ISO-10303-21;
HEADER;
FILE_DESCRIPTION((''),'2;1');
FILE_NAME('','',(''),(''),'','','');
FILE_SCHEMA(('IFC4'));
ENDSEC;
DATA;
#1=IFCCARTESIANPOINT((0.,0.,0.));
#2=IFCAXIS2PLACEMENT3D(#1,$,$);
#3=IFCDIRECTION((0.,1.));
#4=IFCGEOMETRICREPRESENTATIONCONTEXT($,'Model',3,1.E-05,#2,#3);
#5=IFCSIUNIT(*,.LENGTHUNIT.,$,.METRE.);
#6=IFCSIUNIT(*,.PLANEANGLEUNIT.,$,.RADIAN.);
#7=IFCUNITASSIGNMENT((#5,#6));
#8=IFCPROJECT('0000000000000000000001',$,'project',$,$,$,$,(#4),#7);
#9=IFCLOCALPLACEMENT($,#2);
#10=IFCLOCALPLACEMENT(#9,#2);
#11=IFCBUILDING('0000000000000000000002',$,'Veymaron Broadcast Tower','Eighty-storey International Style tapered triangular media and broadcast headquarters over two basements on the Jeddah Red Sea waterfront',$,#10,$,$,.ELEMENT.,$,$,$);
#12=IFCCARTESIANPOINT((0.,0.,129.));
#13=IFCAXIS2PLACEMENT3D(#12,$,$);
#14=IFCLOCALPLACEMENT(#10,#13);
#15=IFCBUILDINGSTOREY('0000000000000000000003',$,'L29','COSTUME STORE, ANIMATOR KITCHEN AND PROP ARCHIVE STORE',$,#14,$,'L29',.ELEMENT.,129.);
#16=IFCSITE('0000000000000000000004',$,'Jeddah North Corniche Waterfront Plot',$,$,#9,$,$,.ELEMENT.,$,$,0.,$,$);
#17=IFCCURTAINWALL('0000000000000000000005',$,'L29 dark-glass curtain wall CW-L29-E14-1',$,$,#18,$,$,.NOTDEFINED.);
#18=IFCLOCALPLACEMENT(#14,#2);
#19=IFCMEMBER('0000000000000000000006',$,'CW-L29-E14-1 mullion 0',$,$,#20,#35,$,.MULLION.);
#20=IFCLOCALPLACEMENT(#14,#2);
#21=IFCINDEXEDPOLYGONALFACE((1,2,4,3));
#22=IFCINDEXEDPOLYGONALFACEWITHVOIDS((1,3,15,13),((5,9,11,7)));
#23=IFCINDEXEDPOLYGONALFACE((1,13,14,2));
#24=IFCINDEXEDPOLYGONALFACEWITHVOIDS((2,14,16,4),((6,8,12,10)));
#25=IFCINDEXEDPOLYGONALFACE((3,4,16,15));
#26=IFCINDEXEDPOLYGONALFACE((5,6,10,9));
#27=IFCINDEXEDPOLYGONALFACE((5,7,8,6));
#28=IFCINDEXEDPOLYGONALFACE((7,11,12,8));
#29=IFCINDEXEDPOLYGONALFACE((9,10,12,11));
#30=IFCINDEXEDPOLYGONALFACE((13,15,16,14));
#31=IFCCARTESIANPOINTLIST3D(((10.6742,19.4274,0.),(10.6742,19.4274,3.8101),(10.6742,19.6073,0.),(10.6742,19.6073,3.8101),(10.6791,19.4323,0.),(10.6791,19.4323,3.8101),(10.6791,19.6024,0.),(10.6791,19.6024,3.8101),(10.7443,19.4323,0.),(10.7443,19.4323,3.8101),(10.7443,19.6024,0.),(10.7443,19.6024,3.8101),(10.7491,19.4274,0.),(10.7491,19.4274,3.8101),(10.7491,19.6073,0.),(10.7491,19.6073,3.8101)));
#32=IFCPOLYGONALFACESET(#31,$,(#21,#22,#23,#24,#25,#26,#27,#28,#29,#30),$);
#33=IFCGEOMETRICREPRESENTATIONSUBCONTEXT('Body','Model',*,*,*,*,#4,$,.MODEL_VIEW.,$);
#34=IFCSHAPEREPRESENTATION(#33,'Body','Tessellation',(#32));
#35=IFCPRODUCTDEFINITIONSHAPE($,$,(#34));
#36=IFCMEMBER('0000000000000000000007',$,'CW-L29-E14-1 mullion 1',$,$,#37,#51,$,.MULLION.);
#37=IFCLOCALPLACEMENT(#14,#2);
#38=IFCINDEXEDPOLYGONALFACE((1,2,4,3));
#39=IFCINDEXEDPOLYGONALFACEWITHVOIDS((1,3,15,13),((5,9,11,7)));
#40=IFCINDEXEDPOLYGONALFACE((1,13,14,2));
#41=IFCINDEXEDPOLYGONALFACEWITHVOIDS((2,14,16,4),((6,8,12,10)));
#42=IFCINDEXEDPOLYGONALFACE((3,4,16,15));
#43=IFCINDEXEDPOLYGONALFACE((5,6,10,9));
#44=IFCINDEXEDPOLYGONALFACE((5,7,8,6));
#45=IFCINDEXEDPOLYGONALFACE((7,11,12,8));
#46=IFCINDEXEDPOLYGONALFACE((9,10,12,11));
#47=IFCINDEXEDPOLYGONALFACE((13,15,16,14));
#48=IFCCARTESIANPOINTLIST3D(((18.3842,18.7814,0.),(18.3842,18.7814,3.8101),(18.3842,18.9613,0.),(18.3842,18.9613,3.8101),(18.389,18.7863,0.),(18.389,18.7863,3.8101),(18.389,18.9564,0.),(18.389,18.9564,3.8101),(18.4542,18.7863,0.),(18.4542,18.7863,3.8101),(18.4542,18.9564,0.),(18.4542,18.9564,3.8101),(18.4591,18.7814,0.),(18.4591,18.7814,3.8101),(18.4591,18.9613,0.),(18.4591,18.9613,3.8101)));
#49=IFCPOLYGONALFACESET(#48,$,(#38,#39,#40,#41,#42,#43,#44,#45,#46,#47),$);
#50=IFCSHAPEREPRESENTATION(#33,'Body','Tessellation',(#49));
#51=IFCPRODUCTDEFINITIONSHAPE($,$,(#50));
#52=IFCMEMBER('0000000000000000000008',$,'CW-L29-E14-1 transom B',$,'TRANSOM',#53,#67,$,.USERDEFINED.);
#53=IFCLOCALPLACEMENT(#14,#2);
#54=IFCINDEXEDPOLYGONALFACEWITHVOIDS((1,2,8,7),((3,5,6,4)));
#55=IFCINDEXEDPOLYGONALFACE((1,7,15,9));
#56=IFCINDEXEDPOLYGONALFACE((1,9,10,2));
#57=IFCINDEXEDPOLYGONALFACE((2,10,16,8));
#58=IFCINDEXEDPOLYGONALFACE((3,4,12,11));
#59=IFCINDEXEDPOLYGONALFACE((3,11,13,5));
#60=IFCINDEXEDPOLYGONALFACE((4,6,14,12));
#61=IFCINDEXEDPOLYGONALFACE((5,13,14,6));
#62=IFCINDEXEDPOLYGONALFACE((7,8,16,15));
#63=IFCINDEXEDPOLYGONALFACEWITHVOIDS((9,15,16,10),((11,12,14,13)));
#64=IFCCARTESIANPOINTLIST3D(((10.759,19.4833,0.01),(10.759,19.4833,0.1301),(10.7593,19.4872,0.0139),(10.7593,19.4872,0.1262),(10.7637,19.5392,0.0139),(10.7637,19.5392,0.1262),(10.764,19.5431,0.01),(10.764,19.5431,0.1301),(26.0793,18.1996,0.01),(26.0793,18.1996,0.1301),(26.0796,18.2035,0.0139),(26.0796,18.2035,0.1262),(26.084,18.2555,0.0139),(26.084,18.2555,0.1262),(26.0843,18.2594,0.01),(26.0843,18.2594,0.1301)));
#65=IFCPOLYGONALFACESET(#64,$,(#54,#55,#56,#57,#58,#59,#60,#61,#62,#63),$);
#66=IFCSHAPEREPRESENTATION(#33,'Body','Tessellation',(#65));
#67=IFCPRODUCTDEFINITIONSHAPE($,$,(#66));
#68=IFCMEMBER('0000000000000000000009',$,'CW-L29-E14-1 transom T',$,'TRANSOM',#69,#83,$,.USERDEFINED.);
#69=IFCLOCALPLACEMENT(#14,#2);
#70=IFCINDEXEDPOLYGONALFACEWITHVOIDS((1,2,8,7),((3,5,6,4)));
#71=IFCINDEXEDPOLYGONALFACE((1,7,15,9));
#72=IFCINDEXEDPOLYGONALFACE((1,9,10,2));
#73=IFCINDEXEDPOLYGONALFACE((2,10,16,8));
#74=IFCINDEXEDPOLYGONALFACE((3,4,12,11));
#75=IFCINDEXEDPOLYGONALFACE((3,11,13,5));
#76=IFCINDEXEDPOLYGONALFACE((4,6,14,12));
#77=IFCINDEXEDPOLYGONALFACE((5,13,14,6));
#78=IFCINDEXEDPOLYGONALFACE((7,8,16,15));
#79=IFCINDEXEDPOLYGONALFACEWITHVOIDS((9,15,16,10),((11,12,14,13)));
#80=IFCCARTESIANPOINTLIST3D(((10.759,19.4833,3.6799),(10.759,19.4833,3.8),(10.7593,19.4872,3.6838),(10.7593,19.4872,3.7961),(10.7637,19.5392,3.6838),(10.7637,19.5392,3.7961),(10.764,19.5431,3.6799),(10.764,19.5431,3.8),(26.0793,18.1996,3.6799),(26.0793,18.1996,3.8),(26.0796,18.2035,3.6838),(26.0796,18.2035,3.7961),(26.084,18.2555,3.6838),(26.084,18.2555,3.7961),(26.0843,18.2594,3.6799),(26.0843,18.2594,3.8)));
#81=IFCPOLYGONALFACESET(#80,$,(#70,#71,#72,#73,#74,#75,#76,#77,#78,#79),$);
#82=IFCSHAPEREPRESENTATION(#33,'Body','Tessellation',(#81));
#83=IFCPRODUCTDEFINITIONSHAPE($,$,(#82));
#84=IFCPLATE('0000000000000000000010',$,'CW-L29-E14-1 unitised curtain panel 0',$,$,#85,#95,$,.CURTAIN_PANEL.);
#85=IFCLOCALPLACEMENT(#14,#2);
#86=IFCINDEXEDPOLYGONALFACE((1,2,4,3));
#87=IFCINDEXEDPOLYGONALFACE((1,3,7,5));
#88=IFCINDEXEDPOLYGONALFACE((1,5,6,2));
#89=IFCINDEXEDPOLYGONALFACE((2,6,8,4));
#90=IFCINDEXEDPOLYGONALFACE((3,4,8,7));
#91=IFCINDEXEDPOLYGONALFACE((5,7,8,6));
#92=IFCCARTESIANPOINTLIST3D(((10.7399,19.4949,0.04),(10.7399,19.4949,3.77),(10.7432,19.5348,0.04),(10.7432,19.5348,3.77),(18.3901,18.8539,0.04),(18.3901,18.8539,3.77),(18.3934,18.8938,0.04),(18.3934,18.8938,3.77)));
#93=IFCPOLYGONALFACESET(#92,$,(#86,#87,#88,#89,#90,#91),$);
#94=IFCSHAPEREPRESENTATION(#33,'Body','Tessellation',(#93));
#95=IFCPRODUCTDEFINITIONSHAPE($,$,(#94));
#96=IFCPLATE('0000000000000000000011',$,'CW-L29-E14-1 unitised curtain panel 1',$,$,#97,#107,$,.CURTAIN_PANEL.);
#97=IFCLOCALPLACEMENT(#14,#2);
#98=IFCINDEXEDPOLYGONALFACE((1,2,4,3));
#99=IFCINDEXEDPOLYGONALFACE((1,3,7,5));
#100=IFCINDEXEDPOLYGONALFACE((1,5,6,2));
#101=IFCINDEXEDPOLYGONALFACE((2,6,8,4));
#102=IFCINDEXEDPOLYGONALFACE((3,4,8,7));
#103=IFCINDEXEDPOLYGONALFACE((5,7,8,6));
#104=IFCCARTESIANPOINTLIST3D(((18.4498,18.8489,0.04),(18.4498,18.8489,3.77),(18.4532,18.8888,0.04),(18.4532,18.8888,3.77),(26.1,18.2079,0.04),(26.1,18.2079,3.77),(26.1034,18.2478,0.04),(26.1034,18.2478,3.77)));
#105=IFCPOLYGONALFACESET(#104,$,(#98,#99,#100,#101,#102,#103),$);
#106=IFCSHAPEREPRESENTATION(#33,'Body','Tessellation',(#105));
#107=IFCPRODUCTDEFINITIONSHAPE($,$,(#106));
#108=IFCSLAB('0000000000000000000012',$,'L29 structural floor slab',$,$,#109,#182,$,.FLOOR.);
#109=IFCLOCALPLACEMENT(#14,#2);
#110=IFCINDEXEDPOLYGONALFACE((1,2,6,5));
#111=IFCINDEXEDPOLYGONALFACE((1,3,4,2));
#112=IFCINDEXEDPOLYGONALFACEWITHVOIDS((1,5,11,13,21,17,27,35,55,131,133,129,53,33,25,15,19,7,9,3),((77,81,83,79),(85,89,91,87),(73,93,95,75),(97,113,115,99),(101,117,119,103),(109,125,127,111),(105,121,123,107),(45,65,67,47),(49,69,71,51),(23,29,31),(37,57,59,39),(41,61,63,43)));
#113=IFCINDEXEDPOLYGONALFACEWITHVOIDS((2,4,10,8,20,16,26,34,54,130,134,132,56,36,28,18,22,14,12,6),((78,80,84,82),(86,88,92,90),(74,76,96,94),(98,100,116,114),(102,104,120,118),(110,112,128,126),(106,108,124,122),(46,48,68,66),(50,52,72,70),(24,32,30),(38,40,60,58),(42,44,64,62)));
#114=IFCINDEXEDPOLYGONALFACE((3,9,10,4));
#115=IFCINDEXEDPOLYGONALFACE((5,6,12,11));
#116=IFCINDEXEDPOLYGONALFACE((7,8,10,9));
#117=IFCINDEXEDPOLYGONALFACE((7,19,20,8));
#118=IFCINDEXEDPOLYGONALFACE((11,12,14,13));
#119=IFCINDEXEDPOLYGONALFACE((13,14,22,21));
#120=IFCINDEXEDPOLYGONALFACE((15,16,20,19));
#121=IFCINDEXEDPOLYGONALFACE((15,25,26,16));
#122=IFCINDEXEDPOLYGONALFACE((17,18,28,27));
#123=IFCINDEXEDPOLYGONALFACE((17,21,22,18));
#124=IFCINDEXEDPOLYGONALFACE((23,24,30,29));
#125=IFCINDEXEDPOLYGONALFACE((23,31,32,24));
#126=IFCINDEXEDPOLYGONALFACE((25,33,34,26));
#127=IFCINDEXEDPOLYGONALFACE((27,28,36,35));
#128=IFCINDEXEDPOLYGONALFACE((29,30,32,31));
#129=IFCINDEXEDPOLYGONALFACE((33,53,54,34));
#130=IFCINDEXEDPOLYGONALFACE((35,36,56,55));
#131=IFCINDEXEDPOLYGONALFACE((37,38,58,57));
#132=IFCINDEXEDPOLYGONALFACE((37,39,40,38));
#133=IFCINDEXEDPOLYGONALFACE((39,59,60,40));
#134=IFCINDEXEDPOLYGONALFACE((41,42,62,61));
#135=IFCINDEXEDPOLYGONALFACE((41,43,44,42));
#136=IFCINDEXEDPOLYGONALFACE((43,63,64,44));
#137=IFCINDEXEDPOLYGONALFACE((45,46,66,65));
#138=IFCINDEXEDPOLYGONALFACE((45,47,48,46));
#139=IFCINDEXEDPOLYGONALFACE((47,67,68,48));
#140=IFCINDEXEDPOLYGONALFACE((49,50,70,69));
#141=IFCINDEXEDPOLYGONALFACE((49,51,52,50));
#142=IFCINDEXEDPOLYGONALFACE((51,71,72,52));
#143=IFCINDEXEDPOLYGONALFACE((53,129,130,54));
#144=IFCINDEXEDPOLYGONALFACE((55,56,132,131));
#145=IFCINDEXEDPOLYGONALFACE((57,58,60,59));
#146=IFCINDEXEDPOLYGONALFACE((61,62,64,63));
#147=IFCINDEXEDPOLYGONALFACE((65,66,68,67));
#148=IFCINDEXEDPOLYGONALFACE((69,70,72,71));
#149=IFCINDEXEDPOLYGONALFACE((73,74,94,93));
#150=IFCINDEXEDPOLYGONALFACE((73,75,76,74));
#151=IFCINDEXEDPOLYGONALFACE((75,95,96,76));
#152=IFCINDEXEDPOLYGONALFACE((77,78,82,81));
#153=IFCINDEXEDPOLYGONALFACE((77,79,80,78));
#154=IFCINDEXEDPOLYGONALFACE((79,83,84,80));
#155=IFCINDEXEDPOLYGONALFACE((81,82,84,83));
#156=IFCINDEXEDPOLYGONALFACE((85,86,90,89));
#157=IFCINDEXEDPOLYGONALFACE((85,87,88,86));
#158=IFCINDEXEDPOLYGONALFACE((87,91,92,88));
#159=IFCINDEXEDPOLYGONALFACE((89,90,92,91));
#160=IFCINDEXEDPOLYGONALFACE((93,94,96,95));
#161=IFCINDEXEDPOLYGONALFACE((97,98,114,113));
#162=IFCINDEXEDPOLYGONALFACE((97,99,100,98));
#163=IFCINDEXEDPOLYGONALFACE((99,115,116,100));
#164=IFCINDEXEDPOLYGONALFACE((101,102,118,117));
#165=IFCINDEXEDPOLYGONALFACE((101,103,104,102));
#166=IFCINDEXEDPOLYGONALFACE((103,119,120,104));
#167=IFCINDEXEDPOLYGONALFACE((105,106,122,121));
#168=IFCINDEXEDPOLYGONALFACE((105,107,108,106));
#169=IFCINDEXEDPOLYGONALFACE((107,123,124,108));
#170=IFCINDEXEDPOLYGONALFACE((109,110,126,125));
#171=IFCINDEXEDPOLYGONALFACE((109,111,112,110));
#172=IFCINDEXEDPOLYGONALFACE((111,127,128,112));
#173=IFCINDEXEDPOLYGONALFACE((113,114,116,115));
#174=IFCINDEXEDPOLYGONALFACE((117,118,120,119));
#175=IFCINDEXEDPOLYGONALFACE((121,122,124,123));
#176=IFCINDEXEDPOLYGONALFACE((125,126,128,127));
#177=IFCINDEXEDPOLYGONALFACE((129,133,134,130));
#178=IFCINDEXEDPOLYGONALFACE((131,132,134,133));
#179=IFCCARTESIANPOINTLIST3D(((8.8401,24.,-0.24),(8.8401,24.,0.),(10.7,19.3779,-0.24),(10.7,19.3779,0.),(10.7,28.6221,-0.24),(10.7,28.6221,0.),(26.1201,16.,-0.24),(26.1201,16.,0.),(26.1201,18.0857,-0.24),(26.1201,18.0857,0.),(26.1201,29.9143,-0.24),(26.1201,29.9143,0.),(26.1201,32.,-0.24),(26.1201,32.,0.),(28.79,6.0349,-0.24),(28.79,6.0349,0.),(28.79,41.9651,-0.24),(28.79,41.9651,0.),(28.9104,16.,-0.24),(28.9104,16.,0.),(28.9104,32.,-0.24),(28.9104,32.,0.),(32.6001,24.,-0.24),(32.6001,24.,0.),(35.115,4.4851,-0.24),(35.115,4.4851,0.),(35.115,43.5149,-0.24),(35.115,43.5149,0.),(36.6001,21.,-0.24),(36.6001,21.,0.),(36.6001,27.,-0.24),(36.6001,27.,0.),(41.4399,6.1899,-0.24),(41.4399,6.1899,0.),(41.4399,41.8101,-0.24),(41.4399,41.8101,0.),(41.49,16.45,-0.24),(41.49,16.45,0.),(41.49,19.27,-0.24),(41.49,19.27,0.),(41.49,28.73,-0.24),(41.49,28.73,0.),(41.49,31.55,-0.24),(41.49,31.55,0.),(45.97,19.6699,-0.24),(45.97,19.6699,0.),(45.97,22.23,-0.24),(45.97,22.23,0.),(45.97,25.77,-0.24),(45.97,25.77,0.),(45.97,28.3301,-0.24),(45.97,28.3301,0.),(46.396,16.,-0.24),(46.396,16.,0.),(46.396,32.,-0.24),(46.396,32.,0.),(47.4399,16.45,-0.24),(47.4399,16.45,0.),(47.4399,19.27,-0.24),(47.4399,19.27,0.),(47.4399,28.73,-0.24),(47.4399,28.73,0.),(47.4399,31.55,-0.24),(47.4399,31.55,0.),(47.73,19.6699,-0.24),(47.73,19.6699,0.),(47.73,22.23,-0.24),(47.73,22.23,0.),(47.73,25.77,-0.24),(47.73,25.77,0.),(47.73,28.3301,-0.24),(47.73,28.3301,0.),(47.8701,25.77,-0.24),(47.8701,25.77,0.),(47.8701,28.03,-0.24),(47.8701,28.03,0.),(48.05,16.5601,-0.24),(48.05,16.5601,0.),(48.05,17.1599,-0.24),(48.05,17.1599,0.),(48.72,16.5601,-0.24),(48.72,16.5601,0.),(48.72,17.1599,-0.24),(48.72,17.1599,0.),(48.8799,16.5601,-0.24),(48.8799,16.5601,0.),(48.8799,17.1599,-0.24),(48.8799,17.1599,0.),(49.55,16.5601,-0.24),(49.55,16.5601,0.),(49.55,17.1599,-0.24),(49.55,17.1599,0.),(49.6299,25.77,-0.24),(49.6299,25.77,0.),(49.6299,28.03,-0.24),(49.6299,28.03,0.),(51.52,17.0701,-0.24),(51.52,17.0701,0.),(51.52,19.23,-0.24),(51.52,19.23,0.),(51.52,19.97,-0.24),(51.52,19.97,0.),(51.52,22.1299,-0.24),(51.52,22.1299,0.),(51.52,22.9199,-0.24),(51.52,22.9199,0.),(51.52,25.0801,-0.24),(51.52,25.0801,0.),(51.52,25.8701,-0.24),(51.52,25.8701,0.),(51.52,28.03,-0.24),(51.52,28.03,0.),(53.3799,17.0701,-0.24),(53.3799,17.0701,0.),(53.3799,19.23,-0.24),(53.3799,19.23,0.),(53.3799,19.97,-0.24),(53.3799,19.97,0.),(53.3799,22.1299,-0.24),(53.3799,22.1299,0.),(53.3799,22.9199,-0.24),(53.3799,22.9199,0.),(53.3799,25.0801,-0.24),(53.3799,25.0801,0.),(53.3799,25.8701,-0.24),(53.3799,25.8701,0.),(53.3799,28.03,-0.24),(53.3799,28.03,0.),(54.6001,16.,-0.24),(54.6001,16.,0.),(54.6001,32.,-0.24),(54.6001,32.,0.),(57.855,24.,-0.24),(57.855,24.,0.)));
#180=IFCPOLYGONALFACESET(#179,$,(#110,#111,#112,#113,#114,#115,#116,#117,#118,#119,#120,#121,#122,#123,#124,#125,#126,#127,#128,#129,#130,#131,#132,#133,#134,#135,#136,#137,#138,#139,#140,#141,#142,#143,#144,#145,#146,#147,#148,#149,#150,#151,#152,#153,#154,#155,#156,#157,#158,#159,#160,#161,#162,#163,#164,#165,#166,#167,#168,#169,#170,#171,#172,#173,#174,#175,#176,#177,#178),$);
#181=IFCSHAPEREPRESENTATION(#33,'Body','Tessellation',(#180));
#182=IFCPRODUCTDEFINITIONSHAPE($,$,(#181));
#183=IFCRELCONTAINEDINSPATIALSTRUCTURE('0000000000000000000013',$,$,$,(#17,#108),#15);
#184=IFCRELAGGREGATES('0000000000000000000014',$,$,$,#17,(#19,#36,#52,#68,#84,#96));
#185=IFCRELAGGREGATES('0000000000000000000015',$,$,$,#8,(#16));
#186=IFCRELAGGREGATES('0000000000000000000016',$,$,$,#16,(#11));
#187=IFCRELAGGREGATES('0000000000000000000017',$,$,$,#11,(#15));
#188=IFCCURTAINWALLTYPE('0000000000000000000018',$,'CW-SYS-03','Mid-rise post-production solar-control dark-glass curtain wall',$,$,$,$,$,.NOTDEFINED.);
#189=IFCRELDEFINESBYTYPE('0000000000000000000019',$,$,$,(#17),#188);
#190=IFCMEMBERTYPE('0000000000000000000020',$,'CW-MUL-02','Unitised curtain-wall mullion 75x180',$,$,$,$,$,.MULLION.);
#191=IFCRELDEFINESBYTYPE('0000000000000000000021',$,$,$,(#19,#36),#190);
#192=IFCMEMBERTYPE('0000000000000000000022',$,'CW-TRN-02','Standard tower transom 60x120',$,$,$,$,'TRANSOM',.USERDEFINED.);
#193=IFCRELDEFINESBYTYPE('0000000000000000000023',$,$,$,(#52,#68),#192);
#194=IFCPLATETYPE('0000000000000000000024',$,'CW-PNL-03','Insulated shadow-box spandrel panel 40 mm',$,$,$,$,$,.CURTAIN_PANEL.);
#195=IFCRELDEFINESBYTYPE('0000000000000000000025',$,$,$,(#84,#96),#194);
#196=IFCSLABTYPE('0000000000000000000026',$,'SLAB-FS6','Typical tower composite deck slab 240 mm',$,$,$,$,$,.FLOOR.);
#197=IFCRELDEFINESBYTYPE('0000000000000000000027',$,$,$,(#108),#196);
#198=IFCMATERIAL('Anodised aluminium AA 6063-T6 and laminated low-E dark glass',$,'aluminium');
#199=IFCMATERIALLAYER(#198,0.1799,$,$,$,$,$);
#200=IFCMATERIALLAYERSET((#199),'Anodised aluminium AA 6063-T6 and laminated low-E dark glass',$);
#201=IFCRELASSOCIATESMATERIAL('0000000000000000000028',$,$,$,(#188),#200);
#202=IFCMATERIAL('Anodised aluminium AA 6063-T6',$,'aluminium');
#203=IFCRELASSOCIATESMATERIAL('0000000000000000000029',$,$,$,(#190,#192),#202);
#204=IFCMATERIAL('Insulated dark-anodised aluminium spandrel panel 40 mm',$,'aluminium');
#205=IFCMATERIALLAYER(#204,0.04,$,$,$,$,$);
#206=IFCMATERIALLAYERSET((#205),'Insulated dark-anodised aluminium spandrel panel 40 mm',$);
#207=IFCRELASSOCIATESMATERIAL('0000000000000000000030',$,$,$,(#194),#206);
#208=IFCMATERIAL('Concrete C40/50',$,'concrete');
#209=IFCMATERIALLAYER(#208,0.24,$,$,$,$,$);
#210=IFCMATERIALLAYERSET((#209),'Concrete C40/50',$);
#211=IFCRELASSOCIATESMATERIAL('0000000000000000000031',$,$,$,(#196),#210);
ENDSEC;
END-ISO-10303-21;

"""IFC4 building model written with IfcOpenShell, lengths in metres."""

from ifc_helpers import new_model, si_unit, direction, frame, origin, origin_2d, place, context, subcontext, project, spatial, polyline, rectangle, hollow_rectangle, outline, extrude, material, layer, layer_set, material_profile, profile_set, type_object, element, aggregate, save


model = new_model("IFC4")

# Units and contexts
model_context = context("Model", 3, precision=1e-05, world=origin(), true_north=direction((0.0, 1.0)))
body_context = subcontext(model_context, "Body", "Model", "MODEL_VIEW")
ifc_project = project(units=[si_unit("LENGTHUNIT", "METRE"), si_unit("PLANEANGLEUNIT", "RADIAN")], contexts=[model_context])

# Site, building, storey
site_placement = place(None, origin())
site = spatial("IfcSite", under=ifc_project, at=site_placement, Name="Jeddah North Corniche Waterfront Plot", CompositionType="ELEMENT", RefElevation=0.0)
building_placement = place(site_placement, origin())
building = spatial("IfcBuilding", under=site, at=building_placement, Name="Veymaron Broadcast Tower", Description="Eighty-storey International Style tapered triangular media and broadcast headquarters over two basements on the Jeddah Red Sea waterfront", CompositionType="ELEMENT")
storey_placement = place(building_placement, frame((0.0, 0.0, 129.0)))
storey = spatial("IfcBuildingStorey", under=building, at=storey_placement, Name="L29", Description="COSTUME STORE, ANIMATOR KITCHEN AND PROP ARCHIVE STORE", LongName="L29", CompositionType="ELEMENT", Elevation=129.0)

# Curtain wall, members, plates
ifc_material_1 = material(Name="Anodised aluminium AA 6063-T6 and laminated low-E dark glass", Category="aluminium")
ifc_layer_1 = layer(ifc_material_1, 0.1799)
ifc_layer_set_1 = layer_set([ifc_layer_1], Name="Anodised aluminium AA 6063-T6 and laminated low-E dark glass")
curtain_wall_type = type_object("IfcCurtainWallType", Name="CW-SYS-03", Description="Mid-rise post-production solar-control dark-glass curtain wall", PredefinedType="NOTDEFINED", material=ifc_layer_set_1)
curtain_wall_placement = place(storey_placement, origin())
curtain_wall = element("IfcCurtainWall", 1, at=curtain_wall_placement, inside=storey, type_object=curtain_wall_type, Name="L29 dark-glass curtain wall CW-L29-E14-1", PredefinedType="NOTDEFINED")
ifc_material_2 = material(Name="Anodised aluminium AA 6063-T6", Category="aluminium")
ifc_material_profile_1 = material_profile(ifc_material_2, hollow_rectangle(XDim=0.075, YDim=0.1799, WallThickness=0.0049, at=origin_2d()), Name="AL180X75X5")
ifc_profile_set_1 = profile_set([ifc_material_profile_1], Name="Anodised aluminium AA 6063-T6")
member_type_1 = type_object("IfcMemberType", Name="CW-MUL-02", Description="Unitised curtain-wall mullion 75x180", PredefinedType="MULLION", material=ifc_profile_set_1)
member_1_placement = place(storey_placement, frame((10.7117, 19.5173, 0.0), z_axis=(0.0, 0.0, 1.0), x_axis=(1.0, 0.0, 0.0)))
member_1 = element("IfcMember", 2, at=member_1_placement, type_object=member_type_1, Name="CW-L29-E14-1 mullion 0", PredefinedType="MULLION", context=body_context, shape_type="SweptSolid", body=[
    extrude(hollow_rectangle(XDim=0.075, YDim=0.1799, WallThickness=0.0049, at=origin_2d()), origin(), (0.0, 0.0, 1.0), 3.8101),
])
member_2_placement = place(storey_placement, frame((18.4216, 18.8713, 0.0), z_axis=(0.0, 0.0, 1.0), x_axis=(1.0, 0.0, 0.0)))
member_2 = element("IfcMember", 3, at=member_2_placement, type_object=member_type_1, Name="CW-L29-E14-1 mullion 1", PredefinedType="MULLION", context=body_context, shape_type="SweptSolid", body=[
    extrude(hollow_rectangle(XDim=0.075, YDim=0.1799, WallThickness=0.0049, at=origin_2d()), origin(), (0.0, 0.0, 1.0), 3.8101),
])
ifc_material_profile_2 = material_profile(ifc_material_2, hollow_rectangle(XDim=0.0601, YDim=0.1201, WallThickness=0.0039, at=origin_2d()), Name="AL120X60X4")
ifc_profile_set_2 = profile_set([ifc_material_profile_2], Name="Anodised aluminium AA 6063-T6")
member_type_2 = type_object("IfcMemberType", Name="CW-TRN-02", Description="Standard tower transom 60x120", ElementType="TRANSOM", PredefinedType="USERDEFINED", material=ifc_profile_set_2)
member_3_placement = place(storey_placement, frame((10.7615, 19.5132, 0.0701), z_axis=(0.996508, -0.083498, 0.0), x_axis=(0.083498, 0.996508, 0.0)))
member_3 = element("IfcMember", 4, at=member_3_placement, type_object=member_type_2, Name="CW-L29-E14-1 transom B", ObjectType="TRANSOM", PredefinedType="USERDEFINED", context=body_context, shape_type="SweptSolid", body=[
    extrude(hollow_rectangle(XDim=0.0601, YDim=0.1201, WallThickness=0.0039, at=origin_2d()), origin(), (0.0, 0.0, 1.0), 15.374),
])
member_4_placement = place(storey_placement, frame((10.7615, 19.5132, 3.74), z_axis=(0.996508, -0.083498, 0.0), x_axis=(0.083498, 0.996508, 0.0)))
member_4 = element("IfcMember", 5, at=member_4_placement, type_object=member_type_2, Name="CW-L29-E14-1 transom T", ObjectType="TRANSOM", PredefinedType="USERDEFINED", context=body_context, shape_type="SweptSolid", body=[
    extrude(hollow_rectangle(XDim=0.0601, YDim=0.1201, WallThickness=0.0039, at=origin_2d()), origin(), (0.0, 0.0, 1.0), 15.374),
])
ifc_material_3 = material(Name="Insulated dark-anodised aluminium spandrel panel 40 mm", Category="aluminium")
ifc_layer_2 = layer(ifc_material_3, 0.04)
ifc_layer_set_2 = layer_set([ifc_layer_2], Name="Insulated dark-anodised aluminium spandrel panel 40 mm")
plate_type = type_object("IfcPlateType", Name="CW-PNL-03", Description="Insulated shadow-box spandrel panel 40 mm", PredefinedType="CURTAIN_PANEL", material=ifc_layer_set_2)
plate_1_placement = place(storey_placement, frame((14.5667, 19.1943, 0.04), z_axis=(0.0, 0.0, 1.0), x_axis=(0.996507, -0.083504, 0.0)))
plate_1 = element("IfcPlate", 6, at=plate_1_placement, type_object=plate_type, Name="CW-L29-E14-1 unitised curtain panel 0", PredefinedType="CURTAIN_PANEL", context=body_context, shape_type="SweptSolid", body=[
    extrude(rectangle(XDim=7.677, YDim=0.04, at=origin_2d()), origin(), (0.0, 0.0, 1.0), 3.73),
])
plate_2_placement = place(storey_placement, frame((22.2766, 18.5483, 0.04), z_axis=(0.0, 0.0, 1.0), x_axis=(0.996507, -0.083504, 0.0)))
plate_2 = element("IfcPlate", 7, at=plate_2_placement, type_object=plate_type, Name="CW-L29-E14-1 unitised curtain panel 1", PredefinedType="CURTAIN_PANEL", context=body_context, shape_type="SweptSolid", body=[
    extrude(rectangle(XDim=7.677, YDim=0.04, at=origin_2d()), origin(), (0.0, 0.0, 1.0), 3.73),
])
aggregate(curtain_wall, [member_1, member_2, member_3, member_4, plate_1, plate_2])

# Slab
ifc_material_4 = material(Name="Concrete C40/50", Category="concrete")
ifc_layer_3 = layer(ifc_material_4, 0.24)
ifc_layer_set_3 = layer_set([ifc_layer_3], Name="Concrete C40/50")
slab_type_1 = type_object("IfcSlabType", Name="SLAB-FS6", Description="Typical tower composite deck slab 240 mm", PredefinedType="FLOOR", material=ifc_layer_set_3)
slab_1_placement = place(storey_placement, frame((0.0, 0.0, -0.24)))
element("IfcSlab", 8, at=slab_1_placement, inside=storey, type_object=slab_type_1, Name="L29 structural floor slab", PredefinedType="FLOOR", context=body_context, shape_type="SweptSolid", body=[
    extrude(outline(polyline([(46.396, 16.0), (54.6001, 16.0), (57.855, 24.0), (54.6001, 32.0), (46.396, 32.0), (41.4399, 41.8101), (35.115, 43.5149), (28.79, 41.9651), (28.9104, 32.0), (26.1201, 32.0), (26.1201, 29.9143), (10.7, 28.6221), (8.8401, 24.0), (10.7, 19.3779), (26.1201, 18.0857), (26.1201, 16.0), (28.9104, 16.0), (28.79, 6.0349), (35.115, 4.4851), (41.4399, 6.1899), (46.396, 16.0)]), holes=[polyline([(45.97, 28.3301), (47.73, 28.3301), (47.73, 25.77), (45.97, 25.77), (45.97, 28.3301)]), polyline([(45.97, 22.23), (47.73, 22.23), (47.73, 19.6699), (45.97, 19.6699), (45.97, 22.23)]), polyline([(47.8701, 28.03), (49.6299, 28.03), (49.6299, 25.77), (47.8701, 25.77), (47.8701, 28.03)]), polyline([(51.52, 28.03), (53.3799, 28.03), (53.3799, 25.8701), (51.52, 25.8701), (51.52, 28.03)]), polyline([(51.52, 22.1299), (53.3799, 22.1299), (53.3799, 19.97), (51.52, 19.97), (51.52, 22.1299)]), polyline([(51.52, 25.0801), (53.3799, 25.0801), (53.3799, 22.9199), (51.52, 22.9199), (51.52, 25.0801)]), polyline([(51.52, 19.23), (53.3799, 19.23), (53.3799, 17.0701), (51.52, 17.0701), (51.52, 19.23)]), polyline([(48.05, 17.1599), (48.72, 17.1599), (48.72, 16.5601), (48.05, 16.5601), (48.05, 17.1599)]), polyline([(48.8799, 17.1599), (49.55, 17.1599), (49.55, 16.5601), (48.8799, 16.5601), (48.8799, 17.1599)]), polyline([(36.6001, 27.0), (36.6001, 21.0), (32.6001, 24.0), (36.6001, 27.0)]), polyline([(41.49, 31.55), (47.4399, 31.55), (47.4399, 28.73), (41.49, 28.73), (41.49, 31.55)]), polyline([(41.49, 19.27), (47.4399, 19.27), (47.4399, 16.45), (41.49, 16.45), (41.49, 19.27)])]), origin(), (0.0, 0.0, 1.0), 0.24),
])

save(model, "model.ifc")
